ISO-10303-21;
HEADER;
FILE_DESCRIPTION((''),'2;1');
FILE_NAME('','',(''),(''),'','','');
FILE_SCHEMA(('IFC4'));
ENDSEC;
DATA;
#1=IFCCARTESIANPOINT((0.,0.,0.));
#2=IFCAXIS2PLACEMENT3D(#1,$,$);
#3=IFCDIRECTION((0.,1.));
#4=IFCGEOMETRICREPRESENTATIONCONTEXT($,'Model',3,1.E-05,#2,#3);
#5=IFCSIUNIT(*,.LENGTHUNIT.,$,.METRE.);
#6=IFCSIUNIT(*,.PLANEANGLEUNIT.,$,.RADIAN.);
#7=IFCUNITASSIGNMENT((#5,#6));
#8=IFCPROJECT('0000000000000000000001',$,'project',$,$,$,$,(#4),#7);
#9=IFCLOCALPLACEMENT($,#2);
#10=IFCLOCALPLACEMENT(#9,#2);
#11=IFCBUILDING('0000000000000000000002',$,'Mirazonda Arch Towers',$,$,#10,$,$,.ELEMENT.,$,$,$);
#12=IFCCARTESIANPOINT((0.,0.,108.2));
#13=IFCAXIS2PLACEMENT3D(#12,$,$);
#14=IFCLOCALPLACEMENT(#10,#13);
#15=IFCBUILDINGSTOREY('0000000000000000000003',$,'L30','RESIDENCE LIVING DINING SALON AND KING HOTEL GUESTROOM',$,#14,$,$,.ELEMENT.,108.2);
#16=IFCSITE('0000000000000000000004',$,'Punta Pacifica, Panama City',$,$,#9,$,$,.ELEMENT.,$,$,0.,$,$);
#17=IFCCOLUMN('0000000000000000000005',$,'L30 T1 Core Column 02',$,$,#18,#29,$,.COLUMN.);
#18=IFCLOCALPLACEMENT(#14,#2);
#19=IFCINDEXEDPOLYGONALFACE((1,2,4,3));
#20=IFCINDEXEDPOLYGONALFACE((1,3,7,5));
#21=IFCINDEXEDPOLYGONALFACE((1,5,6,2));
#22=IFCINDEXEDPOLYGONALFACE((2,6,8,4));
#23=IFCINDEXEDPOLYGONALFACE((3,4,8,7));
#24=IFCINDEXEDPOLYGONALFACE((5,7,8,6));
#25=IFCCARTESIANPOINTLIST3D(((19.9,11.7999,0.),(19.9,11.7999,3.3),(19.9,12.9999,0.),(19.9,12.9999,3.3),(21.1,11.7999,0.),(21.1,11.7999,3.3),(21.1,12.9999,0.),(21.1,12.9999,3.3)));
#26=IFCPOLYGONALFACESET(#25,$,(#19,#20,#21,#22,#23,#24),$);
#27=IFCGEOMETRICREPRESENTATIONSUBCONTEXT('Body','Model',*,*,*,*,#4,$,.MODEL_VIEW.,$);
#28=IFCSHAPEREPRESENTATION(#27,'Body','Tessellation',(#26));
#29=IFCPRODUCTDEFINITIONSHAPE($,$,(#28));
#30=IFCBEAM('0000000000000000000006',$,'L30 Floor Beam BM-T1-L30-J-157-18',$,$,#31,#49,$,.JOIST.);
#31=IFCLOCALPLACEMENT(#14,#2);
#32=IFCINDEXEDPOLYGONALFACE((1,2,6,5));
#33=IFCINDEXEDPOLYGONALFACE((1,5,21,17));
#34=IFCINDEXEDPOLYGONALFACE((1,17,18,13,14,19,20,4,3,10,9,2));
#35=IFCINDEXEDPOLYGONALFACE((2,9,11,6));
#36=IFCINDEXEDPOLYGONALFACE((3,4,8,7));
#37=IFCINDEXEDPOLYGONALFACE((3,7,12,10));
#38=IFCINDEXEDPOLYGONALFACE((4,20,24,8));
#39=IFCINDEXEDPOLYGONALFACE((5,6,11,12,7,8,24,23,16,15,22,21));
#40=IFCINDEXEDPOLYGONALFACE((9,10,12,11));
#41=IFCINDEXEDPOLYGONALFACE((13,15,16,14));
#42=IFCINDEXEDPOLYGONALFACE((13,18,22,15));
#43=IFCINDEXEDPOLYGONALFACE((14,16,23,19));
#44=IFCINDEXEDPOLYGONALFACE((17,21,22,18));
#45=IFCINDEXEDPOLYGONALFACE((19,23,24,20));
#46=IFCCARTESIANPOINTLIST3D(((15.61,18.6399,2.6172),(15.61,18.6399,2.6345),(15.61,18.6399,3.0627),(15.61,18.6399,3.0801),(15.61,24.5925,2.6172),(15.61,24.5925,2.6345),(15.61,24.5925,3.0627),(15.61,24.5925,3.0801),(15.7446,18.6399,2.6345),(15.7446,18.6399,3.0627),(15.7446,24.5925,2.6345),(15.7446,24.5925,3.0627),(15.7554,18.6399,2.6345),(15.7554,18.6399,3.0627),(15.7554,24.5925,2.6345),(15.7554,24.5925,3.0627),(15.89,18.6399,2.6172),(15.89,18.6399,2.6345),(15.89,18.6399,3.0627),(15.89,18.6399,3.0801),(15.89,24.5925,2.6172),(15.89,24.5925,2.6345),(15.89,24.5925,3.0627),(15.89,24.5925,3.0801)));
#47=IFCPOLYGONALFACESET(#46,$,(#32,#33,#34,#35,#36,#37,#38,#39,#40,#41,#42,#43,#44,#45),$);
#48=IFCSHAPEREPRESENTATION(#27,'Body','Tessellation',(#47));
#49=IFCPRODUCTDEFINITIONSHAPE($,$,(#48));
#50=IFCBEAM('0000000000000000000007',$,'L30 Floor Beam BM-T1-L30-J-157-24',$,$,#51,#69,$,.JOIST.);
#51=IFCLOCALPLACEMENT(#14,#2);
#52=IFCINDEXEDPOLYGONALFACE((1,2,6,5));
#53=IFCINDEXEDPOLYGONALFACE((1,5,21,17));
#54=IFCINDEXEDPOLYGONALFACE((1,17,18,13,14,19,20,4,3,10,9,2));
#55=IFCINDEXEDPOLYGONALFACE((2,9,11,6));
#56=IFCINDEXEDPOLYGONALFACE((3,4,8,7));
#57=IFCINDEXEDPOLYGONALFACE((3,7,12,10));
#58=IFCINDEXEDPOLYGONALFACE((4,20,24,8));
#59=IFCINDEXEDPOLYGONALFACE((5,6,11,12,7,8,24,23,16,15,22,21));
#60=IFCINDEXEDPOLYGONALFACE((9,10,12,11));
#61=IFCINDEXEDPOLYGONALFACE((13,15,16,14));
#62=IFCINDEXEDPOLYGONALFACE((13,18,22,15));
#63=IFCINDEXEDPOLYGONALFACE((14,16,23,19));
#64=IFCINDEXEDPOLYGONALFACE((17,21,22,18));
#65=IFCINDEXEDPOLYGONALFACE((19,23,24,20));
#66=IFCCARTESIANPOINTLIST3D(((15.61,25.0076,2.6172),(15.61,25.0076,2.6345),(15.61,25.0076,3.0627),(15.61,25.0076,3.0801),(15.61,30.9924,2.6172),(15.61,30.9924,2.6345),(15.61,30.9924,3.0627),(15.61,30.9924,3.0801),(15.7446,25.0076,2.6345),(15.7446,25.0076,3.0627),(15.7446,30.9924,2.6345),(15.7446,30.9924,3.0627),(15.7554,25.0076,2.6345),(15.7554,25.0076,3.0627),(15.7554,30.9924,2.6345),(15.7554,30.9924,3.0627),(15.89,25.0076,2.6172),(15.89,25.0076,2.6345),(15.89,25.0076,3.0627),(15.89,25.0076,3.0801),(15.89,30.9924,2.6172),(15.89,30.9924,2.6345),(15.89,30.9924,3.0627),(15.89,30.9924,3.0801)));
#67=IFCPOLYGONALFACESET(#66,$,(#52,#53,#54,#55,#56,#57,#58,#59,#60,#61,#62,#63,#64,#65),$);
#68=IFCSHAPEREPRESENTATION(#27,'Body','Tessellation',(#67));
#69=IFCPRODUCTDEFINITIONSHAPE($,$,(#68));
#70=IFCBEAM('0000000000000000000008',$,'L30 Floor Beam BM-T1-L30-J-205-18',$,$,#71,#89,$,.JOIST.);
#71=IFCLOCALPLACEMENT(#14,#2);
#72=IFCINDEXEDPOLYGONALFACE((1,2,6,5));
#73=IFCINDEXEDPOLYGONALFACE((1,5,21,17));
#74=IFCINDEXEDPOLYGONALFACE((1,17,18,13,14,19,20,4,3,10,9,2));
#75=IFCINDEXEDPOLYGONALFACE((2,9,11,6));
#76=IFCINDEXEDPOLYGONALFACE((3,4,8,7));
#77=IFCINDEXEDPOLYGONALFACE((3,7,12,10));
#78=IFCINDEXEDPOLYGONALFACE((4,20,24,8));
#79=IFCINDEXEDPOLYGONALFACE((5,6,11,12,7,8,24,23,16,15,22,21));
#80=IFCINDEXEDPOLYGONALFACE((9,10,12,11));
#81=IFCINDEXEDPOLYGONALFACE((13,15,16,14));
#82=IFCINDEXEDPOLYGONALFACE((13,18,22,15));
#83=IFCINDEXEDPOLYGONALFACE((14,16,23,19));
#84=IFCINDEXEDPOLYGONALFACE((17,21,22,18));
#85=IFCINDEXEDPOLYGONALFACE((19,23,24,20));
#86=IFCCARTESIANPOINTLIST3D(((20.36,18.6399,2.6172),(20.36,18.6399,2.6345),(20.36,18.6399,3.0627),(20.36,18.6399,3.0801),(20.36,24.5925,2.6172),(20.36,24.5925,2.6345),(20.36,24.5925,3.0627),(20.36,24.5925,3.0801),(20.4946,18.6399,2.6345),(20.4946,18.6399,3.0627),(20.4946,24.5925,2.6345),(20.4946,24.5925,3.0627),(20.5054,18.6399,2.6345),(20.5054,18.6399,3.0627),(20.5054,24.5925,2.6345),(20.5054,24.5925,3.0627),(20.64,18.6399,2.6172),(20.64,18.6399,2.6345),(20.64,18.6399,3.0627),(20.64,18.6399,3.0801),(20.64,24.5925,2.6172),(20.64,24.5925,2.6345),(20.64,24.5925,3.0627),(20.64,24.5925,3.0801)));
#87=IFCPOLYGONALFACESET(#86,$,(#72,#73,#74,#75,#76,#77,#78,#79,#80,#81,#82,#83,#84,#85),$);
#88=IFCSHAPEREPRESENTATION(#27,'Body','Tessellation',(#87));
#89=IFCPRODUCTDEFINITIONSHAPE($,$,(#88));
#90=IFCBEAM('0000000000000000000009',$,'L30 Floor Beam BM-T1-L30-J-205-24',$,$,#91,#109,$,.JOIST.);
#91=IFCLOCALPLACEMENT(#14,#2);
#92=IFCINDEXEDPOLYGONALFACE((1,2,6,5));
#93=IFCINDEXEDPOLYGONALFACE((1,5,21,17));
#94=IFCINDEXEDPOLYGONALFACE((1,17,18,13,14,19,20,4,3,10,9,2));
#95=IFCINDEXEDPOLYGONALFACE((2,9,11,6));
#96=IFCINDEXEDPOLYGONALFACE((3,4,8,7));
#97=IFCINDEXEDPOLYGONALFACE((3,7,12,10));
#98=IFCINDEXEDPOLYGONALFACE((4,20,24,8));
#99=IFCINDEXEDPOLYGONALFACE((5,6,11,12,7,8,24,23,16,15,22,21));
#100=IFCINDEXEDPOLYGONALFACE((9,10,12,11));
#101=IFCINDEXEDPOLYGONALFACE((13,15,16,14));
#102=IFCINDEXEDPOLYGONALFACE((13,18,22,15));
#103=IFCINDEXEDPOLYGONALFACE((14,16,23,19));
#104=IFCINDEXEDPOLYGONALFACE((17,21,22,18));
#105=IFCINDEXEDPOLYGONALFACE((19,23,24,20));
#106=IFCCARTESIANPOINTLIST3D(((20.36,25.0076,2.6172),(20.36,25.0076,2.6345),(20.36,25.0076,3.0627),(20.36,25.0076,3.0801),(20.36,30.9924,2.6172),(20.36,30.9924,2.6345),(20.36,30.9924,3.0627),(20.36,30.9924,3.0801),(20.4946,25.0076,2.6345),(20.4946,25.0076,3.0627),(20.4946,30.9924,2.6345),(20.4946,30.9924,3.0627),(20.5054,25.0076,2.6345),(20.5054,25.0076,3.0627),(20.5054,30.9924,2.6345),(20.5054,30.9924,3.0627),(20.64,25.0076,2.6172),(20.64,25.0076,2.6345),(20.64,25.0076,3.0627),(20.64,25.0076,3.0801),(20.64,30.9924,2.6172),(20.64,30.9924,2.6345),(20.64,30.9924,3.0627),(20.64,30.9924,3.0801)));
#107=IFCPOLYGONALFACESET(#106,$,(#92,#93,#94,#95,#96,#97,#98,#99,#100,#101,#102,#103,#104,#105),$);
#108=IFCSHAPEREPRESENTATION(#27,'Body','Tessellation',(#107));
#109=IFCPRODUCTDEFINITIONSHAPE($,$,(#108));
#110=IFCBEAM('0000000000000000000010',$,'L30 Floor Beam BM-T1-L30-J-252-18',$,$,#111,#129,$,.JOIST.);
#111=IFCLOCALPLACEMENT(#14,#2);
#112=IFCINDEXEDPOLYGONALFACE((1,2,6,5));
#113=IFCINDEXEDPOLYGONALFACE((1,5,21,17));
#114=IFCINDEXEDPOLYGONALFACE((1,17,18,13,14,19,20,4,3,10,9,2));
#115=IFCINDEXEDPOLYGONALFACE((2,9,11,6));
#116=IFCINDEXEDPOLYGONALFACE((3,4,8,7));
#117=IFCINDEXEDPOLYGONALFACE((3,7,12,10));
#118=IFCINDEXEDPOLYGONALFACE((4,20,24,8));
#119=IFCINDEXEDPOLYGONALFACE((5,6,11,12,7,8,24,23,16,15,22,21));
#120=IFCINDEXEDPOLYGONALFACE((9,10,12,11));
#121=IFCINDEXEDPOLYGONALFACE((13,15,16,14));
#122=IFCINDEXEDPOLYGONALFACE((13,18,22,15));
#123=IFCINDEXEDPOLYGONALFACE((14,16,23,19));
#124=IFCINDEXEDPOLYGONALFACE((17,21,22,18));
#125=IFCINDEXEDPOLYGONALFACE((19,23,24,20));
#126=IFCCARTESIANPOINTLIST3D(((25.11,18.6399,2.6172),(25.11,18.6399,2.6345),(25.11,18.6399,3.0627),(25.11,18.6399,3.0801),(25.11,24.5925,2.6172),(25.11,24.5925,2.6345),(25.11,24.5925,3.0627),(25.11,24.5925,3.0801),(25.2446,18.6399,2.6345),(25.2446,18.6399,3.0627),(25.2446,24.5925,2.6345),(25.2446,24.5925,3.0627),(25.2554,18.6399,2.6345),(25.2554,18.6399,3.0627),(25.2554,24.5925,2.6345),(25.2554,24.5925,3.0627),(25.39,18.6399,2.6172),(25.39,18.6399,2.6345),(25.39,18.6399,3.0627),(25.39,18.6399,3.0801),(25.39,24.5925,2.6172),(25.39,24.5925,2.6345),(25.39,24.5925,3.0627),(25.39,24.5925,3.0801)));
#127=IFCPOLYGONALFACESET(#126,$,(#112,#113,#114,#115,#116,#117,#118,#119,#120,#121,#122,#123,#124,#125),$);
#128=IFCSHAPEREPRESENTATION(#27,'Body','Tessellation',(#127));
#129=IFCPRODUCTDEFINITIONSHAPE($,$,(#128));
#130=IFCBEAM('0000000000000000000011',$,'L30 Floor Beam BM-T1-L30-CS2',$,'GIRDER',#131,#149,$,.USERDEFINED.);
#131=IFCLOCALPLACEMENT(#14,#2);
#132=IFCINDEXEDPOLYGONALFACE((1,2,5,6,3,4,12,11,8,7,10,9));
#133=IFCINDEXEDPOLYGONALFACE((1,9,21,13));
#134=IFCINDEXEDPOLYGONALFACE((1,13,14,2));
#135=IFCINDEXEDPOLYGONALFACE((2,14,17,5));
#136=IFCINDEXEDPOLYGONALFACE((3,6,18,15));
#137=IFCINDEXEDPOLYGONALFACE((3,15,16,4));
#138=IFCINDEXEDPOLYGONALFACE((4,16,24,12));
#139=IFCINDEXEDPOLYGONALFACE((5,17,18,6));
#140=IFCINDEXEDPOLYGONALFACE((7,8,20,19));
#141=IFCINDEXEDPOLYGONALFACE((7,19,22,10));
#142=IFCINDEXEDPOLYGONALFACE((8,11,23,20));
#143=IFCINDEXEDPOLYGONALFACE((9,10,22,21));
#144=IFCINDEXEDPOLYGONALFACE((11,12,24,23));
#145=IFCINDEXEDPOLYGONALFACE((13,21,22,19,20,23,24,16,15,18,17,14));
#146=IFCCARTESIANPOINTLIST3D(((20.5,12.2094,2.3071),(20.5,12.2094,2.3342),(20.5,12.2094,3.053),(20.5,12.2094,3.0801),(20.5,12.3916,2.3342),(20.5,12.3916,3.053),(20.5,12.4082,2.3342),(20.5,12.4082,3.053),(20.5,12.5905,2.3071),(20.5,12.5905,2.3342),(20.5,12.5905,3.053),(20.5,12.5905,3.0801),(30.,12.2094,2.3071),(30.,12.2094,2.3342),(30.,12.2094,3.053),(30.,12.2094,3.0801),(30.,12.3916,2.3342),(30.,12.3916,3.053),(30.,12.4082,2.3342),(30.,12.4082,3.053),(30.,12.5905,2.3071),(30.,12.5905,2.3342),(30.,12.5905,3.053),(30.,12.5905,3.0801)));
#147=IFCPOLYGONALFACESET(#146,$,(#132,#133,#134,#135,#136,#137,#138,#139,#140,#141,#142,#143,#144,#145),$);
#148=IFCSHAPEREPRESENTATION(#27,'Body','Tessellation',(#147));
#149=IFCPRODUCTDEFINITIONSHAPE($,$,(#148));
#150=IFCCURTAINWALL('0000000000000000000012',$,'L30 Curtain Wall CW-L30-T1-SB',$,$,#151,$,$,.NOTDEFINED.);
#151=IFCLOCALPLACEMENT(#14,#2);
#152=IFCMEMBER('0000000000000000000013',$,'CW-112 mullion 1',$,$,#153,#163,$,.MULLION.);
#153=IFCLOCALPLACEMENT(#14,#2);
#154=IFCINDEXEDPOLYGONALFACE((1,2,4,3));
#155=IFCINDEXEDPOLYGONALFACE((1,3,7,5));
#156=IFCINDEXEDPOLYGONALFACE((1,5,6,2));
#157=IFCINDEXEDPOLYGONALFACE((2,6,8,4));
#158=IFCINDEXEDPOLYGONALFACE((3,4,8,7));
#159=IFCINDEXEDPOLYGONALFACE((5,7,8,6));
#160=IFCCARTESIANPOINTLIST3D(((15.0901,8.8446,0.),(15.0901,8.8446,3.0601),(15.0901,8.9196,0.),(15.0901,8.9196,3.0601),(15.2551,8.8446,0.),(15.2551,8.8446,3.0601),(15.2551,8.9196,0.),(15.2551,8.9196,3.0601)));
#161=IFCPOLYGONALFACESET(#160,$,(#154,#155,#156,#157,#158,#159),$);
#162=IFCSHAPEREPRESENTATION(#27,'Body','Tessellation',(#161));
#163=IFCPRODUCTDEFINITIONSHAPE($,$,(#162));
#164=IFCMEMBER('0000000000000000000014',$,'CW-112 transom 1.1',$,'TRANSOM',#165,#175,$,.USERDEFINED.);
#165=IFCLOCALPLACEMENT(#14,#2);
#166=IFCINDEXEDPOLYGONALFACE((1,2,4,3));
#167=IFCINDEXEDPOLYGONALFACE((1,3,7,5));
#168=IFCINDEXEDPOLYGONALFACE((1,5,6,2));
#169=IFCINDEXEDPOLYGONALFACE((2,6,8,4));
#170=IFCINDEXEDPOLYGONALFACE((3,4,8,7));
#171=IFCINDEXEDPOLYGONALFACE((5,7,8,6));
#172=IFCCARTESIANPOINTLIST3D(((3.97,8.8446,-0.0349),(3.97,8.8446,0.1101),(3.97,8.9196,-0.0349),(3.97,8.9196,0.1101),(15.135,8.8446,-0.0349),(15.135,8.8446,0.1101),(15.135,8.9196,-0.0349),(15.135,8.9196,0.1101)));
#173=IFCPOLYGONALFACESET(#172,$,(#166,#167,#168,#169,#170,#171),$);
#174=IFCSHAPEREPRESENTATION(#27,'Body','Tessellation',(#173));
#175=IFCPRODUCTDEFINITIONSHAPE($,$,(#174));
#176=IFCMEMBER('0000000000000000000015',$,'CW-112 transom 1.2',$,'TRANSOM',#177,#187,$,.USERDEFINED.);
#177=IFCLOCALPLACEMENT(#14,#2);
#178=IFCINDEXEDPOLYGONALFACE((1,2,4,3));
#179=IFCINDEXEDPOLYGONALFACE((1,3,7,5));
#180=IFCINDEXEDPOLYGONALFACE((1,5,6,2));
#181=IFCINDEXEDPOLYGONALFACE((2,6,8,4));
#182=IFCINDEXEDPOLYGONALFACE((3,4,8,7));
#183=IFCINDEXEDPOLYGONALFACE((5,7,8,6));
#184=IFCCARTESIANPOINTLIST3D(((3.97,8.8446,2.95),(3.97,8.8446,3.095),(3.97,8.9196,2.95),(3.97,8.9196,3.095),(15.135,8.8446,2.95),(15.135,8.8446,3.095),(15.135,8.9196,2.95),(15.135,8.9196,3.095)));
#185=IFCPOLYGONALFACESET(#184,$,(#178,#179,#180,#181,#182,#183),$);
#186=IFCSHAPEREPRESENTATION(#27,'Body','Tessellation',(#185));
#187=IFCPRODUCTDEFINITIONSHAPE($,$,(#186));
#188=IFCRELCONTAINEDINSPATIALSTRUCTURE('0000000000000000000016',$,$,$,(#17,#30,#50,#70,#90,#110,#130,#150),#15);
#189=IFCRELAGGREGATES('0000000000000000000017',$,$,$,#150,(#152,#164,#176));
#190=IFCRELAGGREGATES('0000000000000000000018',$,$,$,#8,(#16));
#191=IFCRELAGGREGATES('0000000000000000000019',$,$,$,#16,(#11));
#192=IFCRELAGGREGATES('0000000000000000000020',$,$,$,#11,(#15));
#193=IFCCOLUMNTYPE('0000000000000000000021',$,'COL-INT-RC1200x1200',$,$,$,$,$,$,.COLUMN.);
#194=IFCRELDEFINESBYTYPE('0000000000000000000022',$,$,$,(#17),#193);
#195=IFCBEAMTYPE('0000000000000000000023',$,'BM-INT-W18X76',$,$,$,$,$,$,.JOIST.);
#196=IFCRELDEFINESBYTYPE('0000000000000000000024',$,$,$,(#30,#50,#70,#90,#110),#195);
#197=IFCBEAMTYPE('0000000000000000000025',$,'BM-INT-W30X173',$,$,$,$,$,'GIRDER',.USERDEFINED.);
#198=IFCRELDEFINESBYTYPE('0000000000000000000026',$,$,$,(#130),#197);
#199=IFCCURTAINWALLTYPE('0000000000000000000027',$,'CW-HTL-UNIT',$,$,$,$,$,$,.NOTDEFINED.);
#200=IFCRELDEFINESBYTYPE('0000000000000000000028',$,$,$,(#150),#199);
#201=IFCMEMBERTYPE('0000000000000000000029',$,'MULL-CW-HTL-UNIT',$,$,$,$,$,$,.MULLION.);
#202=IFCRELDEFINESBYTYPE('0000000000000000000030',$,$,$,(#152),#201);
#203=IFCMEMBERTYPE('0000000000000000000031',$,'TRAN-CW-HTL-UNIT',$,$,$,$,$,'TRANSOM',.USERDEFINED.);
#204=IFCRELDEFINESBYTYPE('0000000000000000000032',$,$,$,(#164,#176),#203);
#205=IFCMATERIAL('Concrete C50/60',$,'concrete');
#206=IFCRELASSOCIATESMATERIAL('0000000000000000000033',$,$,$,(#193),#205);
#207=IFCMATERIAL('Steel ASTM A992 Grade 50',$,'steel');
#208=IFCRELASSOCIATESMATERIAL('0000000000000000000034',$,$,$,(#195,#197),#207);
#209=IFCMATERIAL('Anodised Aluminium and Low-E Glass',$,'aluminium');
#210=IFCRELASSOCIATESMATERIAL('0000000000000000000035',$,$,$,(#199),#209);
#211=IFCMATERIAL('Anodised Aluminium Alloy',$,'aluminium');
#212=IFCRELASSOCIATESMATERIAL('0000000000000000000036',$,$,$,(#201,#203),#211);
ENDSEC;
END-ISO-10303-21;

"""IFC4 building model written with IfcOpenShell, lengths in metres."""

from ifc_helpers import new_model, si_unit, direction, frame, origin, origin_2d, place, context, subcontext, project, spatial, rectangle, i_section, extrude, material, material_profile, profile_set, type_object, element, aggregate, save


model = new_model("IFC4")

# Units and contexts
model_context = context("Model", 3, precision=1e-05, world=origin(), true_north=direction((0.0, 1.0)))
body_context = subcontext(model_context, "Body", "Model", "MODEL_VIEW")
ifc_project = project(units=[si_unit("LENGTHUNIT", "METRE"), si_unit("PLANEANGLEUNIT", "RADIAN")], contexts=[model_context])

# Site, building, storey
site_placement = place(None, origin())
site = spatial("IfcSite", under=ifc_project, at=site_placement, Name="Punta Pacifica, Panama City", CompositionType="ELEMENT", RefElevation=0.0)
building_placement = place(site_placement, origin())
building = spatial("IfcBuilding", under=site, at=building_placement, Name="Mirazonda Arch Towers", CompositionType="ELEMENT")
storey_placement = place(building_placement, frame((0.0, 0.0, 108.2)))
storey = spatial("IfcBuildingStorey", under=building, at=storey_placement, Name="L30", Description="RESIDENCE LIVING DINING SALON AND KING HOTEL GUESTROOM", CompositionType="ELEMENT", Elevation=108.2)

# Column
ifc_material_1 = material(Name="Concrete C50/60", Category="concrete")
ifc_material_profile_1 = material_profile(ifc_material_1, rectangle(XDim=1.2, YDim=1.2, at=origin_2d()), Name="RC1200x1200")
ifc_profile_set_1 = profile_set([ifc_material_profile_1], Name="Concrete C50/60")
column_type = type_object("IfcColumnType", Name="COL-INT-RC1200x1200", PredefinedType="COLUMN", material=ifc_profile_set_1)
column_placement = place(storey_placement, frame((20.5, 12.3999, 0.0), z_axis=(0.0, 0.0, 1.0), x_axis=(1.0, 0.0, 0.0)))
element("IfcColumn", 1, at=column_placement, inside=storey, type_object=column_type, Name="L30 T1 Core Column 02", PredefinedType="COLUMN", context=body_context, shape_type="SweptSolid", body=[
    extrude(rectangle(XDim=1.2, YDim=1.2, at=origin_2d()), origin(), (0.0, 0.0, 1.0), 3.3),
])

# Beams
ifc_material_2 = material(Name="Steel ASTM A992 Grade 50", Category="steel")
ifc_material_profile_2 = material_profile(ifc_material_2, i_section(OverallWidth=0.28, OverallDepth=0.4629, WebThickness=0.0107, FlangeThickness=0.0173, at=origin_2d()), Name="W18X76")
ifc_profile_set_2 = profile_set([ifc_material_profile_2], Name="Steel ASTM A992 Grade 50")
beam_type_1 = type_object("IfcBeamType", Name="BM-INT-W18X76", PredefinedType="JOIST", material=ifc_profile_set_2)
beam_1_placement = place(storey_placement, frame((15.75, 18.6399, 2.8486), z_axis=(0.0, 1.0, 0.0), x_axis=(-1.0, 0.0, 0.0)))
element("IfcBeam", 2, at=beam_1_placement, inside=storey, type_object=beam_type_1, Name="L30 Floor Beam BM-T1-L30-J-157-18", PredefinedType="JOIST", context=body_context, shape_type="SweptSolid", body=[
    extrude(i_section(OverallWidth=0.28, OverallDepth=0.4629, WebThickness=0.0107, FlangeThickness=0.0173, at=origin_2d()), origin(), (0.0, 0.0, 1.0), 5.9526),
])
beam_2_placement = place(storey_placement, frame((15.75, 25.0076, 2.8486), z_axis=(0.0, 1.0, 0.0), x_axis=(-1.0, 0.0, 0.0)))
element("IfcBeam", 3, at=beam_2_placement, inside=storey, type_object=beam_type_1, Name="L30 Floor Beam BM-T1-L30-J-157-24", PredefinedType="JOIST", context=body_context, shape_type="SweptSolid", body=[
    extrude(i_section(OverallWidth=0.28, OverallDepth=0.4629, WebThickness=0.0107, FlangeThickness=0.0173, at=origin_2d()), origin(), (0.0, 0.0, 1.0), 5.9849),
])
beam_3_placement = place(storey_placement, frame((20.5, 18.6399, 2.8486), z_axis=(0.0, 1.0, 0.0), x_axis=(-1.0, 0.0, 0.0)))
element("IfcBeam", 4, at=beam_3_placement, inside=storey, type_object=beam_type_1, Name="L30 Floor Beam BM-T1-L30-J-205-18", PredefinedType="JOIST", context=body_context, shape_type="SweptSolid", body=[
    extrude(i_section(OverallWidth=0.28, OverallDepth=0.4629, WebThickness=0.0107, FlangeThickness=0.0173, at=origin_2d()), origin(), (0.0, 0.0, 1.0), 5.9526),
])
beam_4_placement = place(storey_placement, frame((20.5, 25.0076, 2.8486), z_axis=(0.0, 1.0, 0.0), x_axis=(-1.0, 0.0, 0.0)))
element("IfcBeam", 5, at=beam_4_placement, inside=storey, type_object=beam_type_1, Name="L30 Floor Beam BM-T1-L30-J-205-24", PredefinedType="JOIST", context=body_context, shape_type="SweptSolid", body=[
    extrude(i_section(OverallWidth=0.28, OverallDepth=0.4629, WebThickness=0.0107, FlangeThickness=0.0173, at=origin_2d()), origin(), (0.0, 0.0, 1.0), 5.9849),
])
beam_5_placement = place(storey_placement, frame((25.25, 18.6399, 2.8486), z_axis=(0.0, 1.0, 0.0), x_axis=(-1.0, 0.0, 0.0)))
element("IfcBeam", 6, at=beam_5_placement, inside=storey, type_object=beam_type_1, Name="L30 Floor Beam BM-T1-L30-J-252-18", PredefinedType="JOIST", context=body_context, shape_type="SweptSolid", body=[
    extrude(i_section(OverallWidth=0.28, OverallDepth=0.4629, WebThickness=0.0107, FlangeThickness=0.0173, at=origin_2d()), origin(), (0.0, 0.0, 1.0), 5.9526),
])
ifc_material_profile_3 = material_profile(ifc_material_2, i_section(OverallWidth=0.3811, OverallDepth=0.7729, WebThickness=0.0166, FlangeThickness=0.0271, at=origin_2d()), Name="W30X173")
ifc_profile_set_3 = profile_set([ifc_material_profile_3], Name="Steel ASTM A992 Grade 50")
beam_type_2 = type_object("IfcBeamType", Name="BM-INT-W30X173", ElementType="GIRDER", PredefinedType="USERDEFINED", material=ifc_profile_set_3)
beam_6_placement = place(storey_placement, frame((20.5, 12.3999, 2.6936), z_axis=(1.0, 0.0, 0.0), x_axis=(0.0, 1.0, 0.0)))
element("IfcBeam", 7, at=beam_6_placement, inside=storey, type_object=beam_type_2, Name="L30 Floor Beam BM-T1-L30-CS2", ObjectType="GIRDER", PredefinedType="USERDEFINED", context=body_context, shape_type="SweptSolid", body=[
    extrude(i_section(OverallWidth=0.3811, OverallDepth=0.7729, WebThickness=0.0166, FlangeThickness=0.0271, at=origin_2d()), origin(), (0.0, 0.0, 1.0), 9.5),
])

# Curtain wall, members
ifc_material_3 = material(Name="Anodised Aluminium and Low-E Glass", Category="aluminium")
curtain_wall_type = type_object("IfcCurtainWallType", Name="CW-HTL-UNIT", PredefinedType="NOTDEFINED", material=ifc_material_3)
curtain_wall_placement = place(storey_placement, origin())
curtain_wall = element("IfcCurtainWall", 8, at=curtain_wall_placement, inside=storey, type_object=curtain_wall_type, Name="L30 Curtain Wall CW-L30-T1-SB", PredefinedType="NOTDEFINED")
ifc_material_4 = material(Name="Anodised Aluminium Alloy", Category="aluminium")
ifc_material_profile_4 = material_profile(ifc_material_4, rectangle(XDim=0.075, YDim=0.165, at=origin_2d()), Name="ALU-MULL-75x165")
ifc_profile_set_4 = profile_set([ifc_material_profile_4], Name="Anodised Aluminium Alloy")
member_type_1 = type_object("IfcMemberType", Name="MULL-CW-HTL-UNIT", PredefinedType="MULLION", material=ifc_profile_set_4)
member_1_placement = place(storey_placement, frame((15.1726, 8.8821, 0.0), z_axis=(0.0, 0.0, 1.0), x_axis=(0.0, -1.0, 0.0)))
member_1 = element("IfcMember", 9, at=member_1_placement, type_object=member_type_1, Name="CW-112 mullion 1", PredefinedType="MULLION", context=body_context, shape_type="SweptSolid", body=[
    extrude(rectangle(XDim=0.075, YDim=0.165, at=origin_2d()), origin(), (0.0, 0.0, 1.0), 3.0601),
])
ifc_material_profile_5 = material_profile(ifc_material_4, rectangle(XDim=0.075, YDim=0.145, at=origin_2d()), Name="ALU-TRAN-75x145")
ifc_profile_set_5 = profile_set([ifc_material_profile_5], Name="Anodised Aluminium Alloy")
member_type_2 = type_object("IfcMemberType", Name="TRAN-CW-HTL-UNIT", ElementType="TRANSOM", PredefinedType="USERDEFINED", material=ifc_profile_set_5)
member_2_placement = place(storey_placement, frame((15.135, 8.8821, 0.0376), z_axis=(-1.0, 0.0, 0.0), x_axis=(0.0, -1.0, 0.0)))
member_2 = element("IfcMember", 10, at=member_2_placement, type_object=member_type_2, Name="CW-112 transom 1.1", ObjectType="TRANSOM", PredefinedType="USERDEFINED", context=body_context, shape_type="SweptSolid", body=[
    extrude(rectangle(XDim=0.075, YDim=0.145, at=origin_2d()), origin(), (0.0, 0.0, 1.0), 11.165),
])
member_3_placement = place(storey_placement, frame((15.135, 8.8821, 3.0225), z_axis=(-1.0, 0.0, 0.0), x_axis=(0.0, -1.0, 0.0)))
member_3 = element("IfcMember", 11, at=member_3_placement, type_object=member_type_2, Name="CW-112 transom 1.2", ObjectType="TRANSOM", PredefinedType="USERDEFINED", context=body_context, shape_type="SweptSolid", body=[
    extrude(rectangle(XDim=0.075, YDim=0.145, at=origin_2d()), origin(), (0.0, 0.0, 1.0), 11.165),
])
aggregate(curtain_wall, [member_1, member_2, member_3])

save(model, "model.ifc")
